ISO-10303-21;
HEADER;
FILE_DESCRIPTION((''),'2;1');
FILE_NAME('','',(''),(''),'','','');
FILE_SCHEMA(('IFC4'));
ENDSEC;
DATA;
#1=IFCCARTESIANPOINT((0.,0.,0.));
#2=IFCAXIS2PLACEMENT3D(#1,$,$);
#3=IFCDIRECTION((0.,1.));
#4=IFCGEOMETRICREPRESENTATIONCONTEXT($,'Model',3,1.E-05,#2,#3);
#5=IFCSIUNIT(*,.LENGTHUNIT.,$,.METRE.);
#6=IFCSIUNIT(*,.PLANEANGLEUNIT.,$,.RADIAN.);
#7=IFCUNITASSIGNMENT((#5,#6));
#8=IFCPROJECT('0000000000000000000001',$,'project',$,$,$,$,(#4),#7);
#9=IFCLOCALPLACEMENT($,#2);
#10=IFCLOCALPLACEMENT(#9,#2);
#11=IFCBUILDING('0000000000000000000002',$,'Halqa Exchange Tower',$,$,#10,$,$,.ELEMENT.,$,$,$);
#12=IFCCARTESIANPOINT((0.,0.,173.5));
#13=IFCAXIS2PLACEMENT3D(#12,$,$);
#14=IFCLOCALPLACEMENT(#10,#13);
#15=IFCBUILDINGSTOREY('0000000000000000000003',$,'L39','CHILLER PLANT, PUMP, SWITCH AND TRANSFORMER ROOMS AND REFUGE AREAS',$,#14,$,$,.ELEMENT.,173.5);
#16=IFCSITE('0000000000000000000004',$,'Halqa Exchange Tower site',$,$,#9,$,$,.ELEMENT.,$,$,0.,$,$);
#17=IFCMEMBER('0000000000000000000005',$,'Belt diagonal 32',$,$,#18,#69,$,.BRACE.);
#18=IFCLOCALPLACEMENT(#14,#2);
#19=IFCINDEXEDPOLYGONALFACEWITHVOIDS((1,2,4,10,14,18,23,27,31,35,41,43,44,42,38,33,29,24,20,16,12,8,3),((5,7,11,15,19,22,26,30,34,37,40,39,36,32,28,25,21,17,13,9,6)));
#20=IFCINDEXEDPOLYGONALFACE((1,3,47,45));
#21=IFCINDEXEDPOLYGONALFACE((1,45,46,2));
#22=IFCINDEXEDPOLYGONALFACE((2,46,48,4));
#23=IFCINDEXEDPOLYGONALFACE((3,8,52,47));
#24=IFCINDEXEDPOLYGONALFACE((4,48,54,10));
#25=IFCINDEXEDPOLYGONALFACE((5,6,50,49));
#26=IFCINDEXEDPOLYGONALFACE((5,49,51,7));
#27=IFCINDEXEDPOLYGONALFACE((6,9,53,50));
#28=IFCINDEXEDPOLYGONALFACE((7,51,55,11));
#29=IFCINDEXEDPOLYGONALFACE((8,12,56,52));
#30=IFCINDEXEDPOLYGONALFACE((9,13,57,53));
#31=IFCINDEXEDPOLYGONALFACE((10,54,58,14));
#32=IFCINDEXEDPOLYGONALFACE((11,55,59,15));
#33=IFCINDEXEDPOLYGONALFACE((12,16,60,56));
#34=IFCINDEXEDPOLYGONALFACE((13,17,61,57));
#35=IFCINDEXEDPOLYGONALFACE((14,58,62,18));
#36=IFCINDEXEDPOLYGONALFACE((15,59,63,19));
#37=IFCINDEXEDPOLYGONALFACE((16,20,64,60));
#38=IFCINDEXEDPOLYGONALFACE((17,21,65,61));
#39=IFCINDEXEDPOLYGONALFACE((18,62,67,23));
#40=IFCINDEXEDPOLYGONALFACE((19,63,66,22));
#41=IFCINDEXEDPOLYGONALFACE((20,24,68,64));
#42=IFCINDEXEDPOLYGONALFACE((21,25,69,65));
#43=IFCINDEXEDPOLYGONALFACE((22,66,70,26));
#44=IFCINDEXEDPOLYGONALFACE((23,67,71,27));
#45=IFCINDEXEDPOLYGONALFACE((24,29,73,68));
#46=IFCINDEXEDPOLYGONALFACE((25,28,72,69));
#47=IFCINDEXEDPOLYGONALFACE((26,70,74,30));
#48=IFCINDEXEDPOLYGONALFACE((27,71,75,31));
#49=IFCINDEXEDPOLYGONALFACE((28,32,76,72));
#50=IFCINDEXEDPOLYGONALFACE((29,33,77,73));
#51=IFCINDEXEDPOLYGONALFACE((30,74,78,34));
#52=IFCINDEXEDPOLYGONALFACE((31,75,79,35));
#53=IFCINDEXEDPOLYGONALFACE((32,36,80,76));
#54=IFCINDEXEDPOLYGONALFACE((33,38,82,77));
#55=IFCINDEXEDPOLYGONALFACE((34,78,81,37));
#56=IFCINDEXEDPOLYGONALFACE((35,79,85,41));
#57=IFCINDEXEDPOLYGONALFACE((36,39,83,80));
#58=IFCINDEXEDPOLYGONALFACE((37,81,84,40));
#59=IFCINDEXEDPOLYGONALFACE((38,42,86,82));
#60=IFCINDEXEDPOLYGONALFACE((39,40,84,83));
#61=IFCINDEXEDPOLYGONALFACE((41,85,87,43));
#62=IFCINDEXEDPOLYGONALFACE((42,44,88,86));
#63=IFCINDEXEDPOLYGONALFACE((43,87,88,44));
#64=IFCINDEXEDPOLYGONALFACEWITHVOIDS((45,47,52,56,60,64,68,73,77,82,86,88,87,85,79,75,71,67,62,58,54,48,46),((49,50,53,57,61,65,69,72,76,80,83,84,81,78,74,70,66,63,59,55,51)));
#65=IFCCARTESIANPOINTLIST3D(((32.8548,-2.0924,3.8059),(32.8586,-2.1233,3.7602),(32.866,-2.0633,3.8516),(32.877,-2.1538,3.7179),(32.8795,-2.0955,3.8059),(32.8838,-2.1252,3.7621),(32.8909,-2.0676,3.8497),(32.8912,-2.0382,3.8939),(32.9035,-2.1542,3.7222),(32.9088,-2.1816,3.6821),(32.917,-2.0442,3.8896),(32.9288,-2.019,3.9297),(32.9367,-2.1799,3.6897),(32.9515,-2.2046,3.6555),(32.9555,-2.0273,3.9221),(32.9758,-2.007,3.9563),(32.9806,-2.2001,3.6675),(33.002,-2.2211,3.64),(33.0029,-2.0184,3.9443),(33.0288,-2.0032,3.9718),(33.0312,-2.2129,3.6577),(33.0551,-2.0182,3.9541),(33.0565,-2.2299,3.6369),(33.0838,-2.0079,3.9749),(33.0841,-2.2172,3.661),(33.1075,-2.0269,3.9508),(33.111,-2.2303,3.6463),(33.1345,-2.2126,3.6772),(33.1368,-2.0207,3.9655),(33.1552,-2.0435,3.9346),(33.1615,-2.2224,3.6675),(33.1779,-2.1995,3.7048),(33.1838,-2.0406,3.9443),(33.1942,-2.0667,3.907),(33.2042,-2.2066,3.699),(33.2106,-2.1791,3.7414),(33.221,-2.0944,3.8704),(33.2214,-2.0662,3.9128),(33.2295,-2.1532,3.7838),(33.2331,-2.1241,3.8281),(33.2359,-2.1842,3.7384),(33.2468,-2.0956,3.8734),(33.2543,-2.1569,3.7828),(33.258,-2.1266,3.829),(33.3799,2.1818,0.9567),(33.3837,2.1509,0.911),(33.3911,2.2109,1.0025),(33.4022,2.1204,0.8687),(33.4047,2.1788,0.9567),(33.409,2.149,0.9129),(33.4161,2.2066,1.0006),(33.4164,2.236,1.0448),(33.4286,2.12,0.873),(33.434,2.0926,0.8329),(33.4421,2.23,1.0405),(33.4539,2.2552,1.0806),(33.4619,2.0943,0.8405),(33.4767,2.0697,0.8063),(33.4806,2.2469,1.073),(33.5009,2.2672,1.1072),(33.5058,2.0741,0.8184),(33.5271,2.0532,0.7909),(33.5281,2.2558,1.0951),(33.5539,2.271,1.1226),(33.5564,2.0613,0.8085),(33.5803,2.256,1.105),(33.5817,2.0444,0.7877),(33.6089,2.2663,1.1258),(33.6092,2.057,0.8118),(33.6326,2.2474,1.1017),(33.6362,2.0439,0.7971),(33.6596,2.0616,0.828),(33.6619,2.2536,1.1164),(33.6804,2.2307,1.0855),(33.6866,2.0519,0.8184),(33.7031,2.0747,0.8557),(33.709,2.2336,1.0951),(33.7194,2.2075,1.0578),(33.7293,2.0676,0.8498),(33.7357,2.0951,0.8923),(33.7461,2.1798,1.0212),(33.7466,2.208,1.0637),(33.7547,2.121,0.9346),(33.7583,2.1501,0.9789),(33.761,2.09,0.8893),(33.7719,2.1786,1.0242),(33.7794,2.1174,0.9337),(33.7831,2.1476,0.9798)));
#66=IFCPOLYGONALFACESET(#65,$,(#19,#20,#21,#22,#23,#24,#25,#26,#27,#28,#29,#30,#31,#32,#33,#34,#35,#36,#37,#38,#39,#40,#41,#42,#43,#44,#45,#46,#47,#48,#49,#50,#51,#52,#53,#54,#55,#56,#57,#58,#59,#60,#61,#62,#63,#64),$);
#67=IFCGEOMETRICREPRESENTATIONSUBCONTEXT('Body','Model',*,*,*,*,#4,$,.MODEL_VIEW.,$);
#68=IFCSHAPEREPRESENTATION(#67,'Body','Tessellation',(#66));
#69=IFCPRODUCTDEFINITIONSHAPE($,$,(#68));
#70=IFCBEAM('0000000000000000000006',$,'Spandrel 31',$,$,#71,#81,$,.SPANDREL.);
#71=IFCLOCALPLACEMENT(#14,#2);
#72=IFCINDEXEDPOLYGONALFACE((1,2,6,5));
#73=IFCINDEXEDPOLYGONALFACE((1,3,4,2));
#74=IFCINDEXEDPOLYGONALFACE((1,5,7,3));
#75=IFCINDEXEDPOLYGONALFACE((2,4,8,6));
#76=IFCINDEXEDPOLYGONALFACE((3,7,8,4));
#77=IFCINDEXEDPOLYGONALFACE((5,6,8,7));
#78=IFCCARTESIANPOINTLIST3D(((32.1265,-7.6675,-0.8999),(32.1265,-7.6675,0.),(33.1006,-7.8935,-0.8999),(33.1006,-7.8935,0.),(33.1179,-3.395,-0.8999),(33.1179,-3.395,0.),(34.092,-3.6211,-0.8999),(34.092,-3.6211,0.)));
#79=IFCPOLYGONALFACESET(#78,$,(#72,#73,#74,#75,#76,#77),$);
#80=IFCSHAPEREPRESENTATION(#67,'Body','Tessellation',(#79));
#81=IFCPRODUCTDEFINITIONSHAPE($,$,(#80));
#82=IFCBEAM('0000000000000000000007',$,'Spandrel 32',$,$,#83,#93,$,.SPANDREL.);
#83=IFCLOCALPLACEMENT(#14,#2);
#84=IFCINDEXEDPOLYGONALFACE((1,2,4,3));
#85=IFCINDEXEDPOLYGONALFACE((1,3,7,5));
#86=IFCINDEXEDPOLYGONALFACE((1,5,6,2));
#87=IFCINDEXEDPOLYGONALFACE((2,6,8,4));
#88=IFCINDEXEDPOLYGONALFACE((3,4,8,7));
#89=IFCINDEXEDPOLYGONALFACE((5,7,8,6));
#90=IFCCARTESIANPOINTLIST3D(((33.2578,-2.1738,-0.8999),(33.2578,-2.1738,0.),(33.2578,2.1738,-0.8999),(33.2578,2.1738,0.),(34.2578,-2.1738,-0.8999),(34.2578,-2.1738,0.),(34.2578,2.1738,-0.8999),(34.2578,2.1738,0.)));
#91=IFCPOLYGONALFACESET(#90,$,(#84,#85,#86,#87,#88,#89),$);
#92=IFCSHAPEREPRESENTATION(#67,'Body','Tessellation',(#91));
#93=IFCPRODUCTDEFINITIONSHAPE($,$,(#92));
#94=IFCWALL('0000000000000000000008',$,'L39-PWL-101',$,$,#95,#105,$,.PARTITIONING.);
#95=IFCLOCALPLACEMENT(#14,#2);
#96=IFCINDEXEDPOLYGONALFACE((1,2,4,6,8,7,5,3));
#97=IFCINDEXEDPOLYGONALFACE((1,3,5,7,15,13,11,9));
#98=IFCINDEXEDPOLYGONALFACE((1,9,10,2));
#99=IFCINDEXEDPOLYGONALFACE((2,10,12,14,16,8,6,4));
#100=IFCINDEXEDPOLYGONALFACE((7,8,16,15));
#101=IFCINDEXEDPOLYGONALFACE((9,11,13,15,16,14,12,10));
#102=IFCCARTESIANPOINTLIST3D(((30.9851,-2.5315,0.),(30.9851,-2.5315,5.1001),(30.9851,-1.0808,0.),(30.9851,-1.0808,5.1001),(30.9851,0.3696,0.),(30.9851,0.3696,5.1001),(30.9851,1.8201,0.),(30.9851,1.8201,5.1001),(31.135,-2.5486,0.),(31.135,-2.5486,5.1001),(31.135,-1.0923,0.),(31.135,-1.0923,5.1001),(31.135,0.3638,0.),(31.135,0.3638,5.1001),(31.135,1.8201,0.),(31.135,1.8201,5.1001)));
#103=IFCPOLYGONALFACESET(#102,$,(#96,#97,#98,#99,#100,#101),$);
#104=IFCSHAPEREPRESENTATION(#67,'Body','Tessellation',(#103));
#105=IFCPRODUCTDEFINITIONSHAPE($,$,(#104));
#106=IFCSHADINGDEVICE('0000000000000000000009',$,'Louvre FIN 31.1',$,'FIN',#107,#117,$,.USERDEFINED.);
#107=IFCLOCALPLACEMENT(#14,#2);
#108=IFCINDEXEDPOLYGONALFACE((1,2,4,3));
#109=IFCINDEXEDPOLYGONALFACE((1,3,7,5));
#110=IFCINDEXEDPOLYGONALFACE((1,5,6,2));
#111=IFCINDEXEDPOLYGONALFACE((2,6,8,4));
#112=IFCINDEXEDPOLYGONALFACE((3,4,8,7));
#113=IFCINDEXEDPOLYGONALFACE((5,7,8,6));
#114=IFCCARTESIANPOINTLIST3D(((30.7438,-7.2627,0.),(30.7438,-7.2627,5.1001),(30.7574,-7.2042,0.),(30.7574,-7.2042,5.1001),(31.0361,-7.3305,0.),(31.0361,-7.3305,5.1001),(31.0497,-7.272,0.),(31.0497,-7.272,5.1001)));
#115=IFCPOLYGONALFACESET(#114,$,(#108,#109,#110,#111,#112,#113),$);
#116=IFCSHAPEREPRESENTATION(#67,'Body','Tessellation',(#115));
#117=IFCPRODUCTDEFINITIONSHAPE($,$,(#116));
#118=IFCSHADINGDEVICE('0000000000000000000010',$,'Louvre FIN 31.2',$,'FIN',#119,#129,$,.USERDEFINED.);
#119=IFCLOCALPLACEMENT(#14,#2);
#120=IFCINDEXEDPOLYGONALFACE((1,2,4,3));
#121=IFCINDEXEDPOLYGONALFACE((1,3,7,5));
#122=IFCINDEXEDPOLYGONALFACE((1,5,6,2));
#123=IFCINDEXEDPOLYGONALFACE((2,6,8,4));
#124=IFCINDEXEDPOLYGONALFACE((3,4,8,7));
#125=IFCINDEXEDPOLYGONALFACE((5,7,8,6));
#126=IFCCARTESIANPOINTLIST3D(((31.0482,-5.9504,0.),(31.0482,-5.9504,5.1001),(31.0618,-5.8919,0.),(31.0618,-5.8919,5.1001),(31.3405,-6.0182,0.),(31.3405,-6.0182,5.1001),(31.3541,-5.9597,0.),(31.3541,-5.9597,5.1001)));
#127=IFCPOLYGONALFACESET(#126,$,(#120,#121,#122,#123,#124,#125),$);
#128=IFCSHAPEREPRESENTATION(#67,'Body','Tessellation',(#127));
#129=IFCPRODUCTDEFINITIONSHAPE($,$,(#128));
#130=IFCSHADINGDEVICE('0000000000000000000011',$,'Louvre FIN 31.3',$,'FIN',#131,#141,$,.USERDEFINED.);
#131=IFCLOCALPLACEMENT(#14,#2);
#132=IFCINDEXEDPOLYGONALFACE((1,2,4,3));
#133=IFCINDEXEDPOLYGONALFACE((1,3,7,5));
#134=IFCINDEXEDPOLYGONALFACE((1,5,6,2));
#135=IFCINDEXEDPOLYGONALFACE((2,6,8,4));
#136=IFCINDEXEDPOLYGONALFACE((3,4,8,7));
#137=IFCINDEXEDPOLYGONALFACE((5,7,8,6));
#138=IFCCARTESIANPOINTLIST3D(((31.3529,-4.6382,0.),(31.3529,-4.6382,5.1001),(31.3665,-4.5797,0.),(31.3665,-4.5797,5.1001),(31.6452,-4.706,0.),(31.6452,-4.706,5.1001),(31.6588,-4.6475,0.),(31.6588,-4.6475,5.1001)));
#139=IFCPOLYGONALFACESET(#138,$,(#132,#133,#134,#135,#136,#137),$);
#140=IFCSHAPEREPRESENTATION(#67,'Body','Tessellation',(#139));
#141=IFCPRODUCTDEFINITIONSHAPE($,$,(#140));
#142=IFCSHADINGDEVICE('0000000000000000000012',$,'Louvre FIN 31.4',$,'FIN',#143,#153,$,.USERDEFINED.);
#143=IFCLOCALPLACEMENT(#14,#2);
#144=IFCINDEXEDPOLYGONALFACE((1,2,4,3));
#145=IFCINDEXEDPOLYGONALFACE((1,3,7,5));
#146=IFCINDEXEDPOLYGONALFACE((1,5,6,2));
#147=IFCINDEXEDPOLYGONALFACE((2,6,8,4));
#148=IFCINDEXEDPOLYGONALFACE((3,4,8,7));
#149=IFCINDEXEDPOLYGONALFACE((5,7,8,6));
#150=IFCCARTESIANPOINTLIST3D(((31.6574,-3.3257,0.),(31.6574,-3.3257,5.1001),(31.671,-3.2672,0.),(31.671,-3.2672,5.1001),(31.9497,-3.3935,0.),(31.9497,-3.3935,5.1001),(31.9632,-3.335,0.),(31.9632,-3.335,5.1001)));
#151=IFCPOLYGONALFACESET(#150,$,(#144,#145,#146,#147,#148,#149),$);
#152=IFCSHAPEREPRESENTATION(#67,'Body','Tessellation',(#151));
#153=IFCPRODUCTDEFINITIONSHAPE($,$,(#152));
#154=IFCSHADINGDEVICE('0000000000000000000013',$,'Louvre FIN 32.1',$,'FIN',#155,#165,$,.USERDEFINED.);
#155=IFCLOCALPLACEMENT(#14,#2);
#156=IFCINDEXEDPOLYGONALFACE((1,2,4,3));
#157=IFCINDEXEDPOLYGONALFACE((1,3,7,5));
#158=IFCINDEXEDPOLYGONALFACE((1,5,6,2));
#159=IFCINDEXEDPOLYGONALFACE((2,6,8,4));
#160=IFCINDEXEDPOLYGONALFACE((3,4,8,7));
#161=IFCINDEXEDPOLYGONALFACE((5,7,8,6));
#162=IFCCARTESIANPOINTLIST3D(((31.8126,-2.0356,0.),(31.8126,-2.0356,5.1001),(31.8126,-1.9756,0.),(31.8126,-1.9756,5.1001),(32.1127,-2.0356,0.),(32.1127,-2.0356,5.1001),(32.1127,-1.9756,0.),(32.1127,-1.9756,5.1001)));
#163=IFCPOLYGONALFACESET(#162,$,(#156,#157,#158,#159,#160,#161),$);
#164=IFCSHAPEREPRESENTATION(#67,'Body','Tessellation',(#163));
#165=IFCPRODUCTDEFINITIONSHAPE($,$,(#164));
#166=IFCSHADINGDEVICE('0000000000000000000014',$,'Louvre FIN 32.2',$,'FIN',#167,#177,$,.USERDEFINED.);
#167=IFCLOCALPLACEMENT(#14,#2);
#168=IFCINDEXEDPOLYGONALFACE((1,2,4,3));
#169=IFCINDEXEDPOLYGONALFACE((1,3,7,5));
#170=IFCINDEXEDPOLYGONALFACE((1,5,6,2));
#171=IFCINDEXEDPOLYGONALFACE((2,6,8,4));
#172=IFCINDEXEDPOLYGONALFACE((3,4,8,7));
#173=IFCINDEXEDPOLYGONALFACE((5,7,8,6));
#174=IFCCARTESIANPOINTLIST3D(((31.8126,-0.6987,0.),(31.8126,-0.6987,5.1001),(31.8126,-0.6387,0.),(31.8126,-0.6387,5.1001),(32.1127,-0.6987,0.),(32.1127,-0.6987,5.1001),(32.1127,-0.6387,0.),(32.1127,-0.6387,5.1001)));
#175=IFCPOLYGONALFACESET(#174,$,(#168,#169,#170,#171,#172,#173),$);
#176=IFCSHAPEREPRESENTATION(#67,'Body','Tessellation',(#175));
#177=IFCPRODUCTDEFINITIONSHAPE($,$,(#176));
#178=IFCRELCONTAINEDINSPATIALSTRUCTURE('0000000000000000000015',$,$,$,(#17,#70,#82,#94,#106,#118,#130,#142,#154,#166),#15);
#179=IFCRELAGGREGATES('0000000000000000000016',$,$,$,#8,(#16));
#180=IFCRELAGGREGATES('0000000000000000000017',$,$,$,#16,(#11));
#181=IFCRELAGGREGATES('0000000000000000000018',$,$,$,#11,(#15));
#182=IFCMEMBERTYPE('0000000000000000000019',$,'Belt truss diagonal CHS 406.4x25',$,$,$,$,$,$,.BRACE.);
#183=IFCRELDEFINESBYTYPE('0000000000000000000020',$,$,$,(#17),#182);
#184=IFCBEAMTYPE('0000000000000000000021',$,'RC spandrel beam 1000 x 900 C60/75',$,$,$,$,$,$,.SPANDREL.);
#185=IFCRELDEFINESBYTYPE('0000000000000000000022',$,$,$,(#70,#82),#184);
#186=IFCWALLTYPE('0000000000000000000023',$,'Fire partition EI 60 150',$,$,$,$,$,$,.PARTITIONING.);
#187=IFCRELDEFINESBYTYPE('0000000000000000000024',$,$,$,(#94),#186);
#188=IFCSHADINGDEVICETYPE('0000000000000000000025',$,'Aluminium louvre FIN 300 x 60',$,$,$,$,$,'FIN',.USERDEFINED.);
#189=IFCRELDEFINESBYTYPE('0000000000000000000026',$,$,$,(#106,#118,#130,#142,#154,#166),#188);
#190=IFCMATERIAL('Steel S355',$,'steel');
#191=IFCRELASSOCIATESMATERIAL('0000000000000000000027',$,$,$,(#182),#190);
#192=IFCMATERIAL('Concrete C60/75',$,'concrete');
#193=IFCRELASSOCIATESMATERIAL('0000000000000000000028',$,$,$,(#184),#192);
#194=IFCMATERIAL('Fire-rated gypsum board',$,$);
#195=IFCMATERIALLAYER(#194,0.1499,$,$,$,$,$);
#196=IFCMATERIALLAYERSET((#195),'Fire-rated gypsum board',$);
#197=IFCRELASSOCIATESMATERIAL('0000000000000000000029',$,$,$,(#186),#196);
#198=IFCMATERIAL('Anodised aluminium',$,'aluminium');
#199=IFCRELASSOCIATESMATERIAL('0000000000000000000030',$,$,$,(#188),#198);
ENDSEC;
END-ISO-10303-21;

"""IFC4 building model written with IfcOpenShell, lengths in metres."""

from ifc_helpers import new_model, si_unit, direction, frame, origin, origin_2d, place, context, subcontext, project, spatial, polyline, rectangle, hollow_circle, outline, extrude, material, layer, layer_set, material_profile, profile_set, type_object, element, save


model = new_model("IFC4")

# Units and contexts
model_context = context("Model", 3, precision=1e-05, world=origin(), true_north=direction((0.0, 1.0)))
body_context = subcontext(model_context, "Body", "Model", "MODEL_VIEW")
ifc_project = project(units=[si_unit("LENGTHUNIT", "METRE"), si_unit("PLANEANGLEUNIT", "RADIAN")], contexts=[model_context])

# Site, building, storey
site_placement = place(None, origin())
site = spatial("IfcSite", under=ifc_project, at=site_placement, Name="Halqa Exchange Tower site", CompositionType="ELEMENT", RefElevation=0.0)
building_placement = place(site_placement, origin())
building = spatial("IfcBuilding", under=site, at=building_placement, Name="Halqa Exchange Tower", CompositionType="ELEMENT")
storey_placement = place(building_placement, frame((0.0, 0.0, 173.5)))
storey = spatial("IfcBuildingStorey", under=building, at=storey_placement, Name="L39", Description="CHILLER PLANT, PUMP, SWITCH AND TRANSFORMER ROOMS AND REFUGE AREAS", CompositionType="ELEMENT", Elevation=173.5)

# Member
ifc_material_1 = material(Name="Steel S355", Category="steel")
ifc_material_profile_1 = material_profile(ifc_material_1, hollow_circle(Radius=0.2031, WallThickness=0.0249, at=origin_2d()), Name="CHS 406.4x25")
ifc_profile_set_1 = profile_set([ifc_material_profile_1], Name="Steel S355")
member_type_1 = type_object("IfcMemberType", Name="Belt truss diagonal CHS 406.4x25", PredefinedType="BRACE", material=ifc_profile_set_1)
member_1_placement = place(storey_placement, frame((33.0564, -2.1172, 3.8059), z_axis=(0.101703, 0.827765, -0.55178), x_axis=(-0.992536, 0.121948, 0.0)))
element("IfcMember", 1, at=member_1_placement, inside=storey, type_object=member_type_1, Name="Belt diagonal 32", PredefinedType="BRACE", context=body_context, shape_type="SweptSolid", body=[
    extrude(hollow_circle(Radius=0.2031, WallThickness=0.0249, at=origin_2d()), origin(), (0.0, 0.0, 1.0), 5.1636),
])

# Beams
ifc_material_2 = material(Name="Concrete C60/75", Category="concrete")
ifc_material_profile_2 = material_profile(ifc_material_2, rectangle(XDim=1.0, YDim=0.8999, at=origin_2d()), Name="1000 x 900")
ifc_profile_set_2 = profile_set([ifc_material_profile_2], Name="Concrete C60/75")
beam_type = type_object("IfcBeamType", Name="RC spandrel beam 1000 x 900 C60/75", PredefinedType="SPANDREL", material=ifc_profile_set_2)
beam_1_placement = place(storey_placement, frame((32.6135, -7.7805, -0.45), z_axis=(0.22605, 0.974116, 0.0), x_axis=(-0.974116, 0.22605, 0.0)))
element("IfcBeam", 2, at=beam_1_placement, inside=storey, type_object=beam_type, Name="Spandrel 31", PredefinedType="SPANDREL", context=body_context, shape_type="SweptSolid", body=[
    extrude(rectangle(XDim=1.0, YDim=0.8999, at=origin_2d()), origin(), (0.0, 0.0, 1.0), 4.386),
])
beam_2_placement = place(storey_placement, frame((33.7578, -2.1738, -0.45), z_axis=(0.0, 1.0, 0.0), x_axis=(-1.0, 0.0, 0.0)))
element("IfcBeam", 3, at=beam_2_placement, inside=storey, type_object=beam_type, Name="Spandrel 32", PredefinedType="SPANDREL", context=body_context, shape_type="SweptSolid", body=[
    extrude(rectangle(XDim=1.0, YDim=0.8999, at=origin_2d()), origin(), (0.0, 0.0, 1.0), 4.3477),
])

# Wall
ifc_material_3 = material(Name="Fire-rated gypsum board")
ifc_layer_1 = layer(ifc_material_3, 0.1499)
ifc_layer_set_1 = layer_set([ifc_layer_1], Name="Fire-rated gypsum board")
wall_type = type_object("IfcWallType", Name="Fire partition EI 60 150", PredefinedType="PARTITIONING", material=ifc_layer_set_1)
wall_placement = place(storey_placement, frame((31.0601, -2.5486, 0.0), z_axis=(0.0, 0.0, 1.0), x_axis=(0.0, 1.0, 0.0)))
element("IfcWall", 4, at=wall_placement, inside=storey, type_object=wall_type, Name="L39-PWL-101", PredefinedType="PARTITIONING", context=body_context, shape_type="SweptSolid", body=[
    extrude(outline(polyline([(4.3687, 0.075), (2.9182, 0.075), (1.4678, 0.075), (0.0171, 0.075), (0.0, -0.075), (0.0, -0.075), (1.4563, -0.075), (2.9124, -0.075), (4.3687, -0.075), (4.3687, 0.075)])), origin(), (0.0, 0.0, 1.0), 5.1001),
])

# Shading devices
ifc_material_4 = material(Name="Anodised aluminium", Category="aluminium")
ifc_material_profile_3 = material_profile(ifc_material_4, rectangle(XDim=0.3, YDim=0.0601, at=origin_2d()), Name="AL FIN 300x60")
ifc_profile_set_3 = profile_set([ifc_material_profile_3], Name="Anodised aluminium")
shading_device_type = type_object("IfcShadingDeviceType", Name="Aluminium louvre FIN 300 x 60", ElementType="FIN", PredefinedType="USERDEFINED", material=ifc_profile_set_3)
for number, where, z_axis, x_axis, name in (
    (5, (30.8967, -7.2673, 0.0), (0.0, 0.0, 1.0), (-0.974112, 0.226066, 0.0), "Louvre FIN 31.1"),
    (6, (31.2012, -5.9551, 0.0), (0.0, 0.0, 1.0), (-0.974112, 0.226066, 0.0), "Louvre FIN 31.2"),
    (7, (31.5059, -4.6428, 0.0), (0.0, 0.0, 1.0), (-0.974112, 0.226066, 0.0), "Louvre FIN 31.3"),
    (8, (31.8103, -3.3303, 0.0), (0.0, 0.0, 1.0), (-0.974112, 0.226066, 0.0), "Louvre FIN 31.4"),
    (9, (31.9626, -2.0056, 0.0), (0.0, 0.0, 1.0), (-1.0, 0.0, 0.0), "Louvre FIN 32.1"),
    (10, (31.9626, -0.6687, 0.0), (0.0, 0.0, 1.0), (-1.0, 0.0, 0.0), "Louvre FIN 32.2"),
):
    element("IfcShadingDevice", number, at=place(storey_placement, frame(where, z_axis=z_axis, x_axis=x_axis)), inside=storey, type_object=shading_device_type, Name=name, ObjectType="FIN", PredefinedType="USERDEFINED", context=body_context, shape_type="SweptSolid", body=[
        extrude(rectangle(XDim=0.3, YDim=0.0601, at=origin_2d()), origin(), (0.0, 0.0, 1.0), 5.1001),
    ])

save(model, "model.ifc")
